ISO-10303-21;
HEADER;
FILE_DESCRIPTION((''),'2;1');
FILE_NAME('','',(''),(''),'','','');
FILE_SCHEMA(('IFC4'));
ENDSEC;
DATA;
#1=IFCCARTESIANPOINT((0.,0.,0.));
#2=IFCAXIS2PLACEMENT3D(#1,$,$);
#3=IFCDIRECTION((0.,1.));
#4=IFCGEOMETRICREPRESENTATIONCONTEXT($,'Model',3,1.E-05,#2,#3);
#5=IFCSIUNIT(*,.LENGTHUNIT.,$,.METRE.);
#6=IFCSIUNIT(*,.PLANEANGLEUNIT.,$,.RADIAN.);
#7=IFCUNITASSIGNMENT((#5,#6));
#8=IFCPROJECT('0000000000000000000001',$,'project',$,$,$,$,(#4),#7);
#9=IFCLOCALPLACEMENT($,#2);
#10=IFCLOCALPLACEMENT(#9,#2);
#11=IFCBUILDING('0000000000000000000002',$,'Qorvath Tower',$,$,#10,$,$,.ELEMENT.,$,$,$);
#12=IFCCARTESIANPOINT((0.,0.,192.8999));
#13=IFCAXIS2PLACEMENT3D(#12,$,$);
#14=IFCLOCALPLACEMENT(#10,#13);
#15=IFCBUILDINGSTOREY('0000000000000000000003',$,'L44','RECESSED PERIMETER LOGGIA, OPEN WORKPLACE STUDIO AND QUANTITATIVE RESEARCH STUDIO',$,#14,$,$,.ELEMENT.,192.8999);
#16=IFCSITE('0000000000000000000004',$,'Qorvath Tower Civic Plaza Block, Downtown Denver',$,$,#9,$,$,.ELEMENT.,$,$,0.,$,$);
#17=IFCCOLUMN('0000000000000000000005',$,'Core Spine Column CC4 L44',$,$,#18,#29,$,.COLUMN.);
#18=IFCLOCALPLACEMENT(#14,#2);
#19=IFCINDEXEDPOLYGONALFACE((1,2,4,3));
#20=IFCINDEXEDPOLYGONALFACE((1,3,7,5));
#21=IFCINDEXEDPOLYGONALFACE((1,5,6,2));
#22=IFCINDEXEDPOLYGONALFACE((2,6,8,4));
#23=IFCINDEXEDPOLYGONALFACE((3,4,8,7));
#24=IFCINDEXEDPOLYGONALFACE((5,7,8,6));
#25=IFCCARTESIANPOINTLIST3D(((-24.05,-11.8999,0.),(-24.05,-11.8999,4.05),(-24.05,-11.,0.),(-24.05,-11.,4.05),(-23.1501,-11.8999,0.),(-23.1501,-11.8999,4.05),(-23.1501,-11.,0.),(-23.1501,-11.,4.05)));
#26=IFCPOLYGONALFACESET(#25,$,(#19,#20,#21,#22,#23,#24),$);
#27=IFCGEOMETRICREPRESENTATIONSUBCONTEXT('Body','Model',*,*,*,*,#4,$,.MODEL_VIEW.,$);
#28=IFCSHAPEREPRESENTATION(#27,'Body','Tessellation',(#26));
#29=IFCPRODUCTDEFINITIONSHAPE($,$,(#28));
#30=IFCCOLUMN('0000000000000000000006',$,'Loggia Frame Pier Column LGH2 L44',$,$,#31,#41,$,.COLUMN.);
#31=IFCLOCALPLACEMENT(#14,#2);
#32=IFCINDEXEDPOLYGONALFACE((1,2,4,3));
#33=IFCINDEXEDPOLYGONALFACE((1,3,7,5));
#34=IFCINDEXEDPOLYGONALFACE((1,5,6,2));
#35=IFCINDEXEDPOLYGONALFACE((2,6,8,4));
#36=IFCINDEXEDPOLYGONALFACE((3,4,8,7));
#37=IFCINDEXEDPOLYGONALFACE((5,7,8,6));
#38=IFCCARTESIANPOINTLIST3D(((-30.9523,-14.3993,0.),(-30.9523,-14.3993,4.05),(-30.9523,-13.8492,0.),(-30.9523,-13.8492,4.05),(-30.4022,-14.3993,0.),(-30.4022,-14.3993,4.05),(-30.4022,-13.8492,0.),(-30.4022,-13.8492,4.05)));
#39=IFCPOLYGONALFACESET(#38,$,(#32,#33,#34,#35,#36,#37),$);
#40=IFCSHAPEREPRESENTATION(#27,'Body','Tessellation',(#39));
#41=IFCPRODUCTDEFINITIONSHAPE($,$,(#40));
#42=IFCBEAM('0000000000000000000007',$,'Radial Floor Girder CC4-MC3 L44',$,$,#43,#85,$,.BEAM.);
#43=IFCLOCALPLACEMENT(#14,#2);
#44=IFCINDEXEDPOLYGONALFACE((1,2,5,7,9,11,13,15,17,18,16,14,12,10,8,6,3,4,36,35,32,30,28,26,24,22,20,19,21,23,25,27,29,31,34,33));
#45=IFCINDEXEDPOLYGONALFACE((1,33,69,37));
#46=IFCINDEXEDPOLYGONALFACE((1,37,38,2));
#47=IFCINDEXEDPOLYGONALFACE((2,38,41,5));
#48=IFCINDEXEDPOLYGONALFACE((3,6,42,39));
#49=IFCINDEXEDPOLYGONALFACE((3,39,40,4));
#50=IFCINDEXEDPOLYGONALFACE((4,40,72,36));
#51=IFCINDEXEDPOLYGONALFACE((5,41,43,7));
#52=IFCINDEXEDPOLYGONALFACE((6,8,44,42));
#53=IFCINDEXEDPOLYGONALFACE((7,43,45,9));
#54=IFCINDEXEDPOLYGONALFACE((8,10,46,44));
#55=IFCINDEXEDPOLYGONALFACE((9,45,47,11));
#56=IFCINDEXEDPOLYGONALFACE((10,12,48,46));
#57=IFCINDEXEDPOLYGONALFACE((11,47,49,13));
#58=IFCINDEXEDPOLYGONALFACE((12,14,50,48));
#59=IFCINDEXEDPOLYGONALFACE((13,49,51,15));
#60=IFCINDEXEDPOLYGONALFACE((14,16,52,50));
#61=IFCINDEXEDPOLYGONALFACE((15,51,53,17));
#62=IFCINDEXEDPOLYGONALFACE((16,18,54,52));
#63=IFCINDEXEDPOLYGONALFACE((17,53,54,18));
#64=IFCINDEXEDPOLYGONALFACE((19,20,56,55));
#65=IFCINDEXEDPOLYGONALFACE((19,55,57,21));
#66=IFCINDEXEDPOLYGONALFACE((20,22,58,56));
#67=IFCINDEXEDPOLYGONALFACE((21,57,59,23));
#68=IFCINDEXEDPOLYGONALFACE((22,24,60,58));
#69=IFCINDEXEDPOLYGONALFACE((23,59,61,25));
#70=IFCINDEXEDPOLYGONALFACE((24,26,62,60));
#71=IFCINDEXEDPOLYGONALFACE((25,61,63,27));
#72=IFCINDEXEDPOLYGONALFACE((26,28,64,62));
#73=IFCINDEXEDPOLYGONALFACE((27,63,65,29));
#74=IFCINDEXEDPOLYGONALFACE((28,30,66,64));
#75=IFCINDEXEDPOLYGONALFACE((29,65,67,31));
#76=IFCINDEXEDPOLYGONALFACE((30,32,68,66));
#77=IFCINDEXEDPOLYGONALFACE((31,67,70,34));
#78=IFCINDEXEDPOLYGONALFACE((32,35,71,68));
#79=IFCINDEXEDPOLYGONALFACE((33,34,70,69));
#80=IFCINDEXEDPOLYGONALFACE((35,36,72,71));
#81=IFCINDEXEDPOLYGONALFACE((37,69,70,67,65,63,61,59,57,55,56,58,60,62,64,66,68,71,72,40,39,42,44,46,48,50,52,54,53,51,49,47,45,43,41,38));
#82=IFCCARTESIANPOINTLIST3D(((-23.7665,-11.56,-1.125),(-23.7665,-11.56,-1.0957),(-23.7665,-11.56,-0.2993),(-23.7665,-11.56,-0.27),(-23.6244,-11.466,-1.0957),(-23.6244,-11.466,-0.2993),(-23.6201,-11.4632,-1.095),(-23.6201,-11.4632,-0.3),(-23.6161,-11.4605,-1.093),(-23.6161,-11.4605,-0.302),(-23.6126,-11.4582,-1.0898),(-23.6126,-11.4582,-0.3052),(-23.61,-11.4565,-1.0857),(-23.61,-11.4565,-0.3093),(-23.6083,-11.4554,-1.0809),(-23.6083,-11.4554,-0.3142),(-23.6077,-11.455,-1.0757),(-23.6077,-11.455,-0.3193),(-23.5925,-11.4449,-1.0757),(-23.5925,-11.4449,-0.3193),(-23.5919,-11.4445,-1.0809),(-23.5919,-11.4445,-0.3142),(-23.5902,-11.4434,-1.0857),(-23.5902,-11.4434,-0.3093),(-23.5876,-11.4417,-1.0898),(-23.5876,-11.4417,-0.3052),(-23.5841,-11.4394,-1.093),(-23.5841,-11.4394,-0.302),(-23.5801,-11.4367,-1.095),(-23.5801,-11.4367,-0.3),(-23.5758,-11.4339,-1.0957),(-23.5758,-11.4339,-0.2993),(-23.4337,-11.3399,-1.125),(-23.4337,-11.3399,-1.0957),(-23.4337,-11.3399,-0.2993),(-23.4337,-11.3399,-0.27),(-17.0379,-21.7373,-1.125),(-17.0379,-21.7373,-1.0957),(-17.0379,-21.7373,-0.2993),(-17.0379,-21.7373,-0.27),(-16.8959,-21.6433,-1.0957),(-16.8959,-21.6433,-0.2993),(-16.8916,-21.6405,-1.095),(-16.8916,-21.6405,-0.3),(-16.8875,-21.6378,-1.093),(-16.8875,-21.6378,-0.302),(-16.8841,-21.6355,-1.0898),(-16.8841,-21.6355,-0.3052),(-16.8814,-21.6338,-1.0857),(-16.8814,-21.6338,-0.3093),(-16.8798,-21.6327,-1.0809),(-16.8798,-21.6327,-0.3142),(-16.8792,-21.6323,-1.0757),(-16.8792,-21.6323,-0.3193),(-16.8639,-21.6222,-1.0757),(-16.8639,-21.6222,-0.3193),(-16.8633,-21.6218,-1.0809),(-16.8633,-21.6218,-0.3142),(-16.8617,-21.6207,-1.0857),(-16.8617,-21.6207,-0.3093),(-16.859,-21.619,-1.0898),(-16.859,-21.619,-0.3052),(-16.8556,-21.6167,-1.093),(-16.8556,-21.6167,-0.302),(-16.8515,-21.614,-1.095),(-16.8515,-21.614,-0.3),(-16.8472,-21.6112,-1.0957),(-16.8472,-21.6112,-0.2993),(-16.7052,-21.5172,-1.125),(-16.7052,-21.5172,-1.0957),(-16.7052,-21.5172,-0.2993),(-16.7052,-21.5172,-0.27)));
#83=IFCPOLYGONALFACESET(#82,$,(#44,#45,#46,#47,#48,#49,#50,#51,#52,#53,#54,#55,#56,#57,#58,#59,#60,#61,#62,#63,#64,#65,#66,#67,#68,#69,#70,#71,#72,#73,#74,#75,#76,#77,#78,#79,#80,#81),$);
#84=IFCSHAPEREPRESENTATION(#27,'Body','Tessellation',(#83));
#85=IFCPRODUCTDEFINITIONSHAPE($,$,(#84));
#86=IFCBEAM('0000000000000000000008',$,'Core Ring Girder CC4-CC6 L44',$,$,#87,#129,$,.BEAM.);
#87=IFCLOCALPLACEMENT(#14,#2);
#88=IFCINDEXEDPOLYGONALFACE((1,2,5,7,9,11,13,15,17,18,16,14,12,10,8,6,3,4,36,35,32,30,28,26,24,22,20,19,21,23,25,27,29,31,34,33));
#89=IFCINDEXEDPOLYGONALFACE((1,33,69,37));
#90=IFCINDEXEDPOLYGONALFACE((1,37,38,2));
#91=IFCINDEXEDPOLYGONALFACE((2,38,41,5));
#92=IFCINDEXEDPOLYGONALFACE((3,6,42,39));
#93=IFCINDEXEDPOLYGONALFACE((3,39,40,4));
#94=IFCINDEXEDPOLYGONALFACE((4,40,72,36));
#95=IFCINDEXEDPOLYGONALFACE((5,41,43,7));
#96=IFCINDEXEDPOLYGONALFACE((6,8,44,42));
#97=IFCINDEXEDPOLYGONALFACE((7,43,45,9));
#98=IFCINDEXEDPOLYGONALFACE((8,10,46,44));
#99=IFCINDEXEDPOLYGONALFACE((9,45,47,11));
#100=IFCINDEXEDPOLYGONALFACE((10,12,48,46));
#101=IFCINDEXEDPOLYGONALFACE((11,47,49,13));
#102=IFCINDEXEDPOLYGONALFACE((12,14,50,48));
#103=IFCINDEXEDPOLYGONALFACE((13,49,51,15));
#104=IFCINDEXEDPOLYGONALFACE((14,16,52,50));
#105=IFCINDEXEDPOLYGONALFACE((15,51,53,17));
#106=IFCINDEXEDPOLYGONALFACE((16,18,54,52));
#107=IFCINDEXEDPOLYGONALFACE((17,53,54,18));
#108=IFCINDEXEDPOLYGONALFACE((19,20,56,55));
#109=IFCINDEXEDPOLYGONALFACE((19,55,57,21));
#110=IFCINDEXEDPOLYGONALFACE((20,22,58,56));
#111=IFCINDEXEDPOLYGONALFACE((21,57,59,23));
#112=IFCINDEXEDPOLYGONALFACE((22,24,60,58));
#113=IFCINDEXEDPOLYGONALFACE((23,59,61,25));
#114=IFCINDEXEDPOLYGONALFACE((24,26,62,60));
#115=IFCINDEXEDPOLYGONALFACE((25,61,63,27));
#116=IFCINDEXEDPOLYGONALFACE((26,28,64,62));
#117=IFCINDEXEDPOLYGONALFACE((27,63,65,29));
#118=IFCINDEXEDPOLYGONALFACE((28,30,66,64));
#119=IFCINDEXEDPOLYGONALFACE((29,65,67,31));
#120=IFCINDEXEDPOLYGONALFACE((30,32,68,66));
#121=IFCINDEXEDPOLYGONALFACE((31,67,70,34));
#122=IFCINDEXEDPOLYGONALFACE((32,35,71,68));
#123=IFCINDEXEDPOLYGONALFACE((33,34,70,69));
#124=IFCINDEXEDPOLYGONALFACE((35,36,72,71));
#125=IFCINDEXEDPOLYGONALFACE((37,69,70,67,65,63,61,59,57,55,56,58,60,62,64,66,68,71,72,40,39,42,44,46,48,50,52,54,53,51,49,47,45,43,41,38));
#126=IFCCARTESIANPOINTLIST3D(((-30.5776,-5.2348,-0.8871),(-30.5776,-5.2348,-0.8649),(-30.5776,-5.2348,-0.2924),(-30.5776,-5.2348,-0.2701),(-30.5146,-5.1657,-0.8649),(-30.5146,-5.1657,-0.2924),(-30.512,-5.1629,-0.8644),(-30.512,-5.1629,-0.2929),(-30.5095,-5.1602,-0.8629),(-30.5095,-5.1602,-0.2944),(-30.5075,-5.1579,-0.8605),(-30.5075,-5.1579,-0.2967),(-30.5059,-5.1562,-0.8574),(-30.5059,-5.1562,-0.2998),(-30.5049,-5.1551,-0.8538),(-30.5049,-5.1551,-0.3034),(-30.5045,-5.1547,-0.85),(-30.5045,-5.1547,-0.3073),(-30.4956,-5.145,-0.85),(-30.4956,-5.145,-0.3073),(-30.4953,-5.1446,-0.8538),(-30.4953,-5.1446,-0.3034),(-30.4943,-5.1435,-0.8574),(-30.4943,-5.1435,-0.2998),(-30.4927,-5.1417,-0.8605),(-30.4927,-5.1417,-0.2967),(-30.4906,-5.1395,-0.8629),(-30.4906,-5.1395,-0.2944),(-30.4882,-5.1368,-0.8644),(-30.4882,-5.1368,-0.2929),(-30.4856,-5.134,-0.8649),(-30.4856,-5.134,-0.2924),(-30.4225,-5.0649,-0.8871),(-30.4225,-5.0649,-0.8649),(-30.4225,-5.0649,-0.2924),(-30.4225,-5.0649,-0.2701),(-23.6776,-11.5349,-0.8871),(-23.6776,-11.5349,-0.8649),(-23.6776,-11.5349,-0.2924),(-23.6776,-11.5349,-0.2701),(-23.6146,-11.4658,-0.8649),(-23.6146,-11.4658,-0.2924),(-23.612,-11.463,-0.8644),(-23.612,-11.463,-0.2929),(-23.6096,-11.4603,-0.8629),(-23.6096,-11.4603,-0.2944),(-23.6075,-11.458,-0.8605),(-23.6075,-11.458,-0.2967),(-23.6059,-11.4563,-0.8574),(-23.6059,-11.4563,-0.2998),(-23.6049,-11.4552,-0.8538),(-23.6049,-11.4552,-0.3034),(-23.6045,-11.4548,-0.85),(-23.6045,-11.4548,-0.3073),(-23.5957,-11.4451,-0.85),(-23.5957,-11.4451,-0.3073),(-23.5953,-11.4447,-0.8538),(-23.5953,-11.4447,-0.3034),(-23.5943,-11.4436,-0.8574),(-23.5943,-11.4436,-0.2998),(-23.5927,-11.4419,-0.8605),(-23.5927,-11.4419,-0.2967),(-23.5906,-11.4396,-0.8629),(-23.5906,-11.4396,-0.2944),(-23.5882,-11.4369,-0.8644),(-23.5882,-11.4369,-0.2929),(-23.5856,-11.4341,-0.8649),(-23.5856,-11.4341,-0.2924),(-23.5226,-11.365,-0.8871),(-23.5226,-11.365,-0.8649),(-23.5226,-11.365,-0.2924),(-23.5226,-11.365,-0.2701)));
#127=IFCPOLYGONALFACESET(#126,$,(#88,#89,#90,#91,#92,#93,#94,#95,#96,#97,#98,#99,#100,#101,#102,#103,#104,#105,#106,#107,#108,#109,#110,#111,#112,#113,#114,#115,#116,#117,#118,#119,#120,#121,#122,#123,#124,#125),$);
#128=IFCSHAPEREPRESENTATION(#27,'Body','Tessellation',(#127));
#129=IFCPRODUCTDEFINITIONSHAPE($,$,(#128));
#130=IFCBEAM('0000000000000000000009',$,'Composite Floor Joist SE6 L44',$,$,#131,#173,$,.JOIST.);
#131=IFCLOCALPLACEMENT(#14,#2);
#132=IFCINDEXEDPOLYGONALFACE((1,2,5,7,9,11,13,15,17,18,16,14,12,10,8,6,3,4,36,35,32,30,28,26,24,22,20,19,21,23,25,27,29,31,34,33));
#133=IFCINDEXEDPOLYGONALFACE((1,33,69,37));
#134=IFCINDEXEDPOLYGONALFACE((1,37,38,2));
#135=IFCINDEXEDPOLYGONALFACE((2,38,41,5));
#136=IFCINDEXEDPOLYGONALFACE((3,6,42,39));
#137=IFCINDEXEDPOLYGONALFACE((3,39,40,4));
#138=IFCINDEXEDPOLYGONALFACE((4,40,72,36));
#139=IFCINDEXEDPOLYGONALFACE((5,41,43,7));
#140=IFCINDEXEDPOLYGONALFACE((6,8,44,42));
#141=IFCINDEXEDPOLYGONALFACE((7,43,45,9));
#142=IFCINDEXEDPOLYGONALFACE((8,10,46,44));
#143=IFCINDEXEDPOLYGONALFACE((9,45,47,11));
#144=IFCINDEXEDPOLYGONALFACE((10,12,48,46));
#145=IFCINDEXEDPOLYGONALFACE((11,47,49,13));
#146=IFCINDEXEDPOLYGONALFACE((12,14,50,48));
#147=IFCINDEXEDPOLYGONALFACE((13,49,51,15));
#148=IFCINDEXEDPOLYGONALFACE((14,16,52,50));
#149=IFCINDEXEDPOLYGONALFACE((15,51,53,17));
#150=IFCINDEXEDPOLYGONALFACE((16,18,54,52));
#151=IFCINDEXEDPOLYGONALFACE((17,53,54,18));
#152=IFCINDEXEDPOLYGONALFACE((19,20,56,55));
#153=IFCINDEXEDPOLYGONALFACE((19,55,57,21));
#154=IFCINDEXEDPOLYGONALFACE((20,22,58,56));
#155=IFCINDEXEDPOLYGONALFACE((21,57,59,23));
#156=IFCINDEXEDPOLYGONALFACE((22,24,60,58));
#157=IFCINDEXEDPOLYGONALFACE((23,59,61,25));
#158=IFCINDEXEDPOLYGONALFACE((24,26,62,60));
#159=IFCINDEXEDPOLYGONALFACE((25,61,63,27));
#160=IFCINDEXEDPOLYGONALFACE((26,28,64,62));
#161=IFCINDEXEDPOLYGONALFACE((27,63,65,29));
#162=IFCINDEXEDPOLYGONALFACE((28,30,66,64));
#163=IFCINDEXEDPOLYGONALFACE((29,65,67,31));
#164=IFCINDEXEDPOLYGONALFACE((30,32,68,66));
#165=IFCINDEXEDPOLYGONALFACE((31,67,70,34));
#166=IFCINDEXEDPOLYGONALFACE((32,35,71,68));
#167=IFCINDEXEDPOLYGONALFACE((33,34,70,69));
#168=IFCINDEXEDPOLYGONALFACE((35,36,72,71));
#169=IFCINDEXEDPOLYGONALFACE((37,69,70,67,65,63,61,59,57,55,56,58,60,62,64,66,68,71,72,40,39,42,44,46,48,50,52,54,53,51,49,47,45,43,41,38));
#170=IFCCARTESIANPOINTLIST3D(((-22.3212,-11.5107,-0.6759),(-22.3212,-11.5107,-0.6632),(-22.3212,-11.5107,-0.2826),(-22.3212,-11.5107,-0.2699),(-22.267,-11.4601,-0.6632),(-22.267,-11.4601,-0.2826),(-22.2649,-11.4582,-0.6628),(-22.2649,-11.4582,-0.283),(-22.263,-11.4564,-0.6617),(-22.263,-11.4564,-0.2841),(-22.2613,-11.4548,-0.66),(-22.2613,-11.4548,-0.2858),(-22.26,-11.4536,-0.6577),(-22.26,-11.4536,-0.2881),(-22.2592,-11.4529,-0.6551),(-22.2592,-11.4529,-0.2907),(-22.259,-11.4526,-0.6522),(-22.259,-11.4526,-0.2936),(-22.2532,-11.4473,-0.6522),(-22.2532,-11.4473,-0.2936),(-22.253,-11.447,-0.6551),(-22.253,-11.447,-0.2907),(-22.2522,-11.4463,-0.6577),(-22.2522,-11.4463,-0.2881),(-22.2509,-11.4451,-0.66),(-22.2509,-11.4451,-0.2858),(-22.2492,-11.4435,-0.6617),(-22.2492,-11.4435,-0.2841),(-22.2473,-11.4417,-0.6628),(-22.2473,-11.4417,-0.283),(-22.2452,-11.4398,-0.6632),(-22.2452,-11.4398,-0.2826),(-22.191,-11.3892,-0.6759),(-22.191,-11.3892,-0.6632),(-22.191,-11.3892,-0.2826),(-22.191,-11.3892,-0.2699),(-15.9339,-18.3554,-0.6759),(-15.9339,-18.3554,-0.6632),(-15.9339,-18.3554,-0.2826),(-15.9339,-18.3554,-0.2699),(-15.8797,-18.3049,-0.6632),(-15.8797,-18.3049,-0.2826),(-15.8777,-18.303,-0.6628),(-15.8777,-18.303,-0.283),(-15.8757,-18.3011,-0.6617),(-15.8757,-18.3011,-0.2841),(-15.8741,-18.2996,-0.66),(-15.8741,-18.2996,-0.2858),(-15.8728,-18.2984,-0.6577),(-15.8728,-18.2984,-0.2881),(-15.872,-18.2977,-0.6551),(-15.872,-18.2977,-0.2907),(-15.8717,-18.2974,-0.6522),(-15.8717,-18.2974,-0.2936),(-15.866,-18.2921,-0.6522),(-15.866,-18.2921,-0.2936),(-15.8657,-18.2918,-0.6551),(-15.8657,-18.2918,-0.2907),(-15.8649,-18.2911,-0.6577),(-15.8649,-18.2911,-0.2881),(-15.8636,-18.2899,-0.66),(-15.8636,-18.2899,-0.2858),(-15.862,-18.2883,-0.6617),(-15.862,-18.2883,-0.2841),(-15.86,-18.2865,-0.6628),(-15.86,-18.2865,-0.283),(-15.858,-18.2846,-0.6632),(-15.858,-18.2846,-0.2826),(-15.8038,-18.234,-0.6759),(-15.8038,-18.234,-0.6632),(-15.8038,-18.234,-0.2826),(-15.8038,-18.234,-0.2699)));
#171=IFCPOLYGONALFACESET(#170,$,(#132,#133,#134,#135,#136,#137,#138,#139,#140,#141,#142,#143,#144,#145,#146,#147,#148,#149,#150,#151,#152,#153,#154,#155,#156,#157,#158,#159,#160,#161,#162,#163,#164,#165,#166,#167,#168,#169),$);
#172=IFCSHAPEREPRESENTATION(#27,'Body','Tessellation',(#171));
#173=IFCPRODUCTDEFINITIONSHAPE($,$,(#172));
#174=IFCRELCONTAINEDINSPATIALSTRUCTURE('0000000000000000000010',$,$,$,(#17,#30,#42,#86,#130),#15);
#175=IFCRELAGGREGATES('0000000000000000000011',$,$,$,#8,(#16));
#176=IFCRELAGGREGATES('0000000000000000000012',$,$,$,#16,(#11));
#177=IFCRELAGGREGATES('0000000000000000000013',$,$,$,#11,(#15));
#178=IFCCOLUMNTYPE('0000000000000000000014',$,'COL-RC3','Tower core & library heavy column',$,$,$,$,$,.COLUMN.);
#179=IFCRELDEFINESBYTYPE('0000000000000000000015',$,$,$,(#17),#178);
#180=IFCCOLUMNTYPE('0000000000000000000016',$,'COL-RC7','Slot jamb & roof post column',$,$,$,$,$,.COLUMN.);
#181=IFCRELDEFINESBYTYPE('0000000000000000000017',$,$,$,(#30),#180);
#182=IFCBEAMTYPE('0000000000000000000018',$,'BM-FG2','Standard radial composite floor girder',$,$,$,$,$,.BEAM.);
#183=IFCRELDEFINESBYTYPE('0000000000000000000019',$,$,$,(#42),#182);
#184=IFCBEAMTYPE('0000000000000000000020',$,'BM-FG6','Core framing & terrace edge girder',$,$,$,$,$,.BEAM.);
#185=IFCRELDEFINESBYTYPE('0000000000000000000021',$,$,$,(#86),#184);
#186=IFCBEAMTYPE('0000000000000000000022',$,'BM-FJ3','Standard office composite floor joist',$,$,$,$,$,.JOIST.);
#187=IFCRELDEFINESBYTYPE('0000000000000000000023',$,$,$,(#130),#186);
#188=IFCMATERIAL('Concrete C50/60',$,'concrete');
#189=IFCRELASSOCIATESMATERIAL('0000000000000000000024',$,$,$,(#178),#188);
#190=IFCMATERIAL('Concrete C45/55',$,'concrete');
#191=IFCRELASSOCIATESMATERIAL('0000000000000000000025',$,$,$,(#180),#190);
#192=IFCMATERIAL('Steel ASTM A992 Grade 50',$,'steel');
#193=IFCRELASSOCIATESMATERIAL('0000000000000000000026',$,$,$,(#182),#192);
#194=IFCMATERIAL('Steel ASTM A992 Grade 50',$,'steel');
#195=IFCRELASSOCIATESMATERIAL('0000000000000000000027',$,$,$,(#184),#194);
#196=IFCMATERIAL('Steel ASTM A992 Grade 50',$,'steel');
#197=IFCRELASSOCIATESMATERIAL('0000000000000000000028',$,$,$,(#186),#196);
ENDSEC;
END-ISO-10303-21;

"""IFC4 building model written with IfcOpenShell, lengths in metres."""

from ifc_helpers import new_model, si_unit, direction, frame, origin, origin_2d, place, context, subcontext, project, spatial, rectangle, i_section, extrude, material, material_profile, profile_set, type_object, element, save


model = new_model("IFC4")

# Units and contexts
model_context = context("Model", 3, precision=1e-05, world=origin(), true_north=direction((0.0, 1.0)))
body_context = subcontext(model_context, "Body", "Model", "MODEL_VIEW")
ifc_project = project(units=[si_unit("LENGTHUNIT", "METRE"), si_unit("PLANEANGLEUNIT", "RADIAN")], contexts=[model_context])

# Site, building, storey
site_placement = place(None, origin())
site = spatial("IfcSite", under=ifc_project, at=site_placement, Name="Qorvath Tower Civic Plaza Block, Downtown Denver", CompositionType="ELEMENT", RefElevation=0.0)
building_placement = place(site_placement, origin())
building = spatial("IfcBuilding", under=site, at=building_placement, Name="Qorvath Tower", CompositionType="ELEMENT")
storey_placement = place(building_placement, frame((0.0, 0.0, 192.8999)))
storey = spatial("IfcBuildingStorey", under=building, at=storey_placement, Name="L44", Description="RECESSED PERIMETER LOGGIA, OPEN WORKPLACE STUDIO AND QUANTITATIVE RESEARCH STUDIO", CompositionType="ELEMENT", Elevation=192.8999)

# Columns
ifc_material_1 = material(Name="Concrete C50/60", Category="concrete")
ifc_material_profile_1 = material_profile(ifc_material_1, rectangle(XDim=0.8999, YDim=0.8999, at=origin_2d()), Name="RC 900x900")
ifc_profile_set_1 = profile_set([ifc_material_profile_1], Name="Concrete C50/60")
column_type_1 = type_object("IfcColumnType", Name="COL-RC3", Description="Tower core & library heavy column", PredefinedType="COLUMN", material=ifc_profile_set_1)
column_1_placement = place(storey_placement, frame((-23.6001, -11.45, 0.0), z_axis=(0.0, 0.0, 1.0), x_axis=(1.0, 0.0, 0.0)))
element("IfcColumn", 1, at=column_1_placement, inside=storey, type_object=column_type_1, Name="Core Spine Column CC4 L44", PredefinedType="COLUMN", context=body_context, shape_type="SweptSolid", body=[
    extrude(rectangle(XDim=0.8999, YDim=0.8999, at=origin_2d()), origin(), (0.0, 0.0, 1.0), 4.05),
])
ifc_material_2 = material(Name="Concrete C45/55", Category="concrete")
ifc_material_profile_2 = material_profile(ifc_material_2, rectangle(XDim=0.55, YDim=0.55, at=origin_2d()), Name="RC 550x550")
ifc_profile_set_2 = profile_set([ifc_material_profile_2], Name="Concrete C45/55")
column_type_2 = type_object("IfcColumnType", Name="COL-RC7", Description="Slot jamb & roof post column", PredefinedType="COLUMN", material=ifc_profile_set_2)
column_2_placement = place(storey_placement, frame((-30.6772, -14.1243, 0.0), z_axis=(0.0, 0.0, 1.0), x_axis=(1.0, 0.0, 0.0)))
element("IfcColumn", 2, at=column_2_placement, inside=storey, type_object=column_type_2, Name="Loggia Frame Pier Column LGH2 L44", PredefinedType="COLUMN", context=body_context, shape_type="SweptSolid", body=[
    extrude(rectangle(XDim=0.55, YDim=0.55, at=origin_2d()), origin(), (0.0, 0.0, 1.0), 4.05),
])

# Beams
ifc_material_3 = material(Name="Steel ASTM A992 Grade 50", Category="steel")
ifc_material_profile_3 = material_profile(ifc_material_3, i_section(OverallWidth=0.3989, OverallDepth=0.855, WebThickness=0.0183, FlangeThickness=0.0293, FilletRadius=0.02, at=origin_2d()), Name="W33x201")
ifc_profile_set_3 = profile_set([ifc_material_profile_3], Name="Steel ASTM A992 Grade 50")
beam_type_1 = type_object("IfcBeamType", Name="BM-FG2", Description="Standard radial composite floor girder", PredefinedType="BEAM", material=ifc_profile_set_3)
beam_1_placement = place(storey_placement, frame((-23.6001, -11.45, -0.6975), z_axis=(0.551501, -0.834175, 0.0), x_axis=(0.834175, 0.551501, 0.0)))
element("IfcBeam", 3, at=beam_1_placement, inside=storey, type_object=beam_type_1, Name="Radial Floor Girder CC4-MC3 L44", PredefinedType="BEAM", context=body_context, shape_type="SweptSolid", body=[
    extrude(i_section(OverallWidth=0.3989, OverallDepth=0.855, WebThickness=0.0183, FlangeThickness=0.0293, FilletRadius=0.02, at=origin_2d()), origin(), (0.0, 0.0, 1.0), 12.2004),
])
ifc_material_4 = material(Name="Steel ASTM A992 Grade 50", Category="steel")
ifc_material_profile_4 = material_profile(ifc_material_4, i_section(OverallWidth=0.23, OverallDepth=0.6169, WebThickness=0.0132, FlangeThickness=0.0222, FilletRadius=0.0149, at=origin_2d()), Name="W24x94")
ifc_profile_set_4 = profile_set([ifc_material_profile_4], Name="Steel ASTM A992 Grade 50")
beam_type_2 = type_object("IfcBeamType", Name="BM-FG6", Description="Core framing & terrace edge girder", PredefinedType="BEAM", material=ifc_profile_set_4)
beam_2_placement = place(storey_placement, frame((-23.6001, -11.45, -0.5786), z_axis=(-0.738478, 0.674277, 0.0), x_axis=(-0.674277, -0.738478, 0.0)))
element("IfcBeam", 4, at=beam_2_placement, inside=storey, type_object=beam_type_2, Name="Core Ring Girder CC4-CC6 L44", PredefinedType="BEAM", context=body_context, shape_type="SweptSolid", body=[
    extrude(i_section(OverallWidth=0.23, OverallDepth=0.6169, WebThickness=0.0132, FlangeThickness=0.0222, FilletRadius=0.0149, at=origin_2d()), origin(), (0.0, 0.0, 1.0), 9.3435),
])
ifc_material_5 = material(Name="Steel ASTM A992 Grade 50", Category="steel")
ifc_material_profile_5 = material_profile(ifc_material_5, i_section(OverallWidth=0.178, OverallDepth=0.406, WebThickness=0.0078, FlangeThickness=0.0127, FilletRadius=0.011, at=origin_2d()), Name="W16x40")
ifc_profile_set_5 = profile_set([ifc_material_profile_5], Name="Steel ASTM A992 Grade 50")
beam_type_3 = type_object("IfcBeamType", Name="BM-FJ3", Description="Standard office composite floor joist", PredefinedType="JOIST", material=ifc_profile_set_5)
beam_3_placement = place(storey_placement, frame((-22.2561, -11.45, -0.4729), z_axis=(0.682249, -0.731119, 0.0), x_axis=(0.731119, 0.682249, 0.0)))
element("IfcBeam", 5, at=beam_3_placement, inside=storey, type_object=beam_type_3, Name="Composite Floor Joist SE6 L44", PredefinedType="JOIST", context=body_context, shape_type="SweptSolid", body=[
    extrude(i_section(OverallWidth=0.178, OverallDepth=0.406, WebThickness=0.0078, FlangeThickness=0.0127, FilletRadius=0.011, at=origin_2d()), origin(), (0.0, 0.0, 1.0), 9.3621),
])

save(model, "model.ifc")
